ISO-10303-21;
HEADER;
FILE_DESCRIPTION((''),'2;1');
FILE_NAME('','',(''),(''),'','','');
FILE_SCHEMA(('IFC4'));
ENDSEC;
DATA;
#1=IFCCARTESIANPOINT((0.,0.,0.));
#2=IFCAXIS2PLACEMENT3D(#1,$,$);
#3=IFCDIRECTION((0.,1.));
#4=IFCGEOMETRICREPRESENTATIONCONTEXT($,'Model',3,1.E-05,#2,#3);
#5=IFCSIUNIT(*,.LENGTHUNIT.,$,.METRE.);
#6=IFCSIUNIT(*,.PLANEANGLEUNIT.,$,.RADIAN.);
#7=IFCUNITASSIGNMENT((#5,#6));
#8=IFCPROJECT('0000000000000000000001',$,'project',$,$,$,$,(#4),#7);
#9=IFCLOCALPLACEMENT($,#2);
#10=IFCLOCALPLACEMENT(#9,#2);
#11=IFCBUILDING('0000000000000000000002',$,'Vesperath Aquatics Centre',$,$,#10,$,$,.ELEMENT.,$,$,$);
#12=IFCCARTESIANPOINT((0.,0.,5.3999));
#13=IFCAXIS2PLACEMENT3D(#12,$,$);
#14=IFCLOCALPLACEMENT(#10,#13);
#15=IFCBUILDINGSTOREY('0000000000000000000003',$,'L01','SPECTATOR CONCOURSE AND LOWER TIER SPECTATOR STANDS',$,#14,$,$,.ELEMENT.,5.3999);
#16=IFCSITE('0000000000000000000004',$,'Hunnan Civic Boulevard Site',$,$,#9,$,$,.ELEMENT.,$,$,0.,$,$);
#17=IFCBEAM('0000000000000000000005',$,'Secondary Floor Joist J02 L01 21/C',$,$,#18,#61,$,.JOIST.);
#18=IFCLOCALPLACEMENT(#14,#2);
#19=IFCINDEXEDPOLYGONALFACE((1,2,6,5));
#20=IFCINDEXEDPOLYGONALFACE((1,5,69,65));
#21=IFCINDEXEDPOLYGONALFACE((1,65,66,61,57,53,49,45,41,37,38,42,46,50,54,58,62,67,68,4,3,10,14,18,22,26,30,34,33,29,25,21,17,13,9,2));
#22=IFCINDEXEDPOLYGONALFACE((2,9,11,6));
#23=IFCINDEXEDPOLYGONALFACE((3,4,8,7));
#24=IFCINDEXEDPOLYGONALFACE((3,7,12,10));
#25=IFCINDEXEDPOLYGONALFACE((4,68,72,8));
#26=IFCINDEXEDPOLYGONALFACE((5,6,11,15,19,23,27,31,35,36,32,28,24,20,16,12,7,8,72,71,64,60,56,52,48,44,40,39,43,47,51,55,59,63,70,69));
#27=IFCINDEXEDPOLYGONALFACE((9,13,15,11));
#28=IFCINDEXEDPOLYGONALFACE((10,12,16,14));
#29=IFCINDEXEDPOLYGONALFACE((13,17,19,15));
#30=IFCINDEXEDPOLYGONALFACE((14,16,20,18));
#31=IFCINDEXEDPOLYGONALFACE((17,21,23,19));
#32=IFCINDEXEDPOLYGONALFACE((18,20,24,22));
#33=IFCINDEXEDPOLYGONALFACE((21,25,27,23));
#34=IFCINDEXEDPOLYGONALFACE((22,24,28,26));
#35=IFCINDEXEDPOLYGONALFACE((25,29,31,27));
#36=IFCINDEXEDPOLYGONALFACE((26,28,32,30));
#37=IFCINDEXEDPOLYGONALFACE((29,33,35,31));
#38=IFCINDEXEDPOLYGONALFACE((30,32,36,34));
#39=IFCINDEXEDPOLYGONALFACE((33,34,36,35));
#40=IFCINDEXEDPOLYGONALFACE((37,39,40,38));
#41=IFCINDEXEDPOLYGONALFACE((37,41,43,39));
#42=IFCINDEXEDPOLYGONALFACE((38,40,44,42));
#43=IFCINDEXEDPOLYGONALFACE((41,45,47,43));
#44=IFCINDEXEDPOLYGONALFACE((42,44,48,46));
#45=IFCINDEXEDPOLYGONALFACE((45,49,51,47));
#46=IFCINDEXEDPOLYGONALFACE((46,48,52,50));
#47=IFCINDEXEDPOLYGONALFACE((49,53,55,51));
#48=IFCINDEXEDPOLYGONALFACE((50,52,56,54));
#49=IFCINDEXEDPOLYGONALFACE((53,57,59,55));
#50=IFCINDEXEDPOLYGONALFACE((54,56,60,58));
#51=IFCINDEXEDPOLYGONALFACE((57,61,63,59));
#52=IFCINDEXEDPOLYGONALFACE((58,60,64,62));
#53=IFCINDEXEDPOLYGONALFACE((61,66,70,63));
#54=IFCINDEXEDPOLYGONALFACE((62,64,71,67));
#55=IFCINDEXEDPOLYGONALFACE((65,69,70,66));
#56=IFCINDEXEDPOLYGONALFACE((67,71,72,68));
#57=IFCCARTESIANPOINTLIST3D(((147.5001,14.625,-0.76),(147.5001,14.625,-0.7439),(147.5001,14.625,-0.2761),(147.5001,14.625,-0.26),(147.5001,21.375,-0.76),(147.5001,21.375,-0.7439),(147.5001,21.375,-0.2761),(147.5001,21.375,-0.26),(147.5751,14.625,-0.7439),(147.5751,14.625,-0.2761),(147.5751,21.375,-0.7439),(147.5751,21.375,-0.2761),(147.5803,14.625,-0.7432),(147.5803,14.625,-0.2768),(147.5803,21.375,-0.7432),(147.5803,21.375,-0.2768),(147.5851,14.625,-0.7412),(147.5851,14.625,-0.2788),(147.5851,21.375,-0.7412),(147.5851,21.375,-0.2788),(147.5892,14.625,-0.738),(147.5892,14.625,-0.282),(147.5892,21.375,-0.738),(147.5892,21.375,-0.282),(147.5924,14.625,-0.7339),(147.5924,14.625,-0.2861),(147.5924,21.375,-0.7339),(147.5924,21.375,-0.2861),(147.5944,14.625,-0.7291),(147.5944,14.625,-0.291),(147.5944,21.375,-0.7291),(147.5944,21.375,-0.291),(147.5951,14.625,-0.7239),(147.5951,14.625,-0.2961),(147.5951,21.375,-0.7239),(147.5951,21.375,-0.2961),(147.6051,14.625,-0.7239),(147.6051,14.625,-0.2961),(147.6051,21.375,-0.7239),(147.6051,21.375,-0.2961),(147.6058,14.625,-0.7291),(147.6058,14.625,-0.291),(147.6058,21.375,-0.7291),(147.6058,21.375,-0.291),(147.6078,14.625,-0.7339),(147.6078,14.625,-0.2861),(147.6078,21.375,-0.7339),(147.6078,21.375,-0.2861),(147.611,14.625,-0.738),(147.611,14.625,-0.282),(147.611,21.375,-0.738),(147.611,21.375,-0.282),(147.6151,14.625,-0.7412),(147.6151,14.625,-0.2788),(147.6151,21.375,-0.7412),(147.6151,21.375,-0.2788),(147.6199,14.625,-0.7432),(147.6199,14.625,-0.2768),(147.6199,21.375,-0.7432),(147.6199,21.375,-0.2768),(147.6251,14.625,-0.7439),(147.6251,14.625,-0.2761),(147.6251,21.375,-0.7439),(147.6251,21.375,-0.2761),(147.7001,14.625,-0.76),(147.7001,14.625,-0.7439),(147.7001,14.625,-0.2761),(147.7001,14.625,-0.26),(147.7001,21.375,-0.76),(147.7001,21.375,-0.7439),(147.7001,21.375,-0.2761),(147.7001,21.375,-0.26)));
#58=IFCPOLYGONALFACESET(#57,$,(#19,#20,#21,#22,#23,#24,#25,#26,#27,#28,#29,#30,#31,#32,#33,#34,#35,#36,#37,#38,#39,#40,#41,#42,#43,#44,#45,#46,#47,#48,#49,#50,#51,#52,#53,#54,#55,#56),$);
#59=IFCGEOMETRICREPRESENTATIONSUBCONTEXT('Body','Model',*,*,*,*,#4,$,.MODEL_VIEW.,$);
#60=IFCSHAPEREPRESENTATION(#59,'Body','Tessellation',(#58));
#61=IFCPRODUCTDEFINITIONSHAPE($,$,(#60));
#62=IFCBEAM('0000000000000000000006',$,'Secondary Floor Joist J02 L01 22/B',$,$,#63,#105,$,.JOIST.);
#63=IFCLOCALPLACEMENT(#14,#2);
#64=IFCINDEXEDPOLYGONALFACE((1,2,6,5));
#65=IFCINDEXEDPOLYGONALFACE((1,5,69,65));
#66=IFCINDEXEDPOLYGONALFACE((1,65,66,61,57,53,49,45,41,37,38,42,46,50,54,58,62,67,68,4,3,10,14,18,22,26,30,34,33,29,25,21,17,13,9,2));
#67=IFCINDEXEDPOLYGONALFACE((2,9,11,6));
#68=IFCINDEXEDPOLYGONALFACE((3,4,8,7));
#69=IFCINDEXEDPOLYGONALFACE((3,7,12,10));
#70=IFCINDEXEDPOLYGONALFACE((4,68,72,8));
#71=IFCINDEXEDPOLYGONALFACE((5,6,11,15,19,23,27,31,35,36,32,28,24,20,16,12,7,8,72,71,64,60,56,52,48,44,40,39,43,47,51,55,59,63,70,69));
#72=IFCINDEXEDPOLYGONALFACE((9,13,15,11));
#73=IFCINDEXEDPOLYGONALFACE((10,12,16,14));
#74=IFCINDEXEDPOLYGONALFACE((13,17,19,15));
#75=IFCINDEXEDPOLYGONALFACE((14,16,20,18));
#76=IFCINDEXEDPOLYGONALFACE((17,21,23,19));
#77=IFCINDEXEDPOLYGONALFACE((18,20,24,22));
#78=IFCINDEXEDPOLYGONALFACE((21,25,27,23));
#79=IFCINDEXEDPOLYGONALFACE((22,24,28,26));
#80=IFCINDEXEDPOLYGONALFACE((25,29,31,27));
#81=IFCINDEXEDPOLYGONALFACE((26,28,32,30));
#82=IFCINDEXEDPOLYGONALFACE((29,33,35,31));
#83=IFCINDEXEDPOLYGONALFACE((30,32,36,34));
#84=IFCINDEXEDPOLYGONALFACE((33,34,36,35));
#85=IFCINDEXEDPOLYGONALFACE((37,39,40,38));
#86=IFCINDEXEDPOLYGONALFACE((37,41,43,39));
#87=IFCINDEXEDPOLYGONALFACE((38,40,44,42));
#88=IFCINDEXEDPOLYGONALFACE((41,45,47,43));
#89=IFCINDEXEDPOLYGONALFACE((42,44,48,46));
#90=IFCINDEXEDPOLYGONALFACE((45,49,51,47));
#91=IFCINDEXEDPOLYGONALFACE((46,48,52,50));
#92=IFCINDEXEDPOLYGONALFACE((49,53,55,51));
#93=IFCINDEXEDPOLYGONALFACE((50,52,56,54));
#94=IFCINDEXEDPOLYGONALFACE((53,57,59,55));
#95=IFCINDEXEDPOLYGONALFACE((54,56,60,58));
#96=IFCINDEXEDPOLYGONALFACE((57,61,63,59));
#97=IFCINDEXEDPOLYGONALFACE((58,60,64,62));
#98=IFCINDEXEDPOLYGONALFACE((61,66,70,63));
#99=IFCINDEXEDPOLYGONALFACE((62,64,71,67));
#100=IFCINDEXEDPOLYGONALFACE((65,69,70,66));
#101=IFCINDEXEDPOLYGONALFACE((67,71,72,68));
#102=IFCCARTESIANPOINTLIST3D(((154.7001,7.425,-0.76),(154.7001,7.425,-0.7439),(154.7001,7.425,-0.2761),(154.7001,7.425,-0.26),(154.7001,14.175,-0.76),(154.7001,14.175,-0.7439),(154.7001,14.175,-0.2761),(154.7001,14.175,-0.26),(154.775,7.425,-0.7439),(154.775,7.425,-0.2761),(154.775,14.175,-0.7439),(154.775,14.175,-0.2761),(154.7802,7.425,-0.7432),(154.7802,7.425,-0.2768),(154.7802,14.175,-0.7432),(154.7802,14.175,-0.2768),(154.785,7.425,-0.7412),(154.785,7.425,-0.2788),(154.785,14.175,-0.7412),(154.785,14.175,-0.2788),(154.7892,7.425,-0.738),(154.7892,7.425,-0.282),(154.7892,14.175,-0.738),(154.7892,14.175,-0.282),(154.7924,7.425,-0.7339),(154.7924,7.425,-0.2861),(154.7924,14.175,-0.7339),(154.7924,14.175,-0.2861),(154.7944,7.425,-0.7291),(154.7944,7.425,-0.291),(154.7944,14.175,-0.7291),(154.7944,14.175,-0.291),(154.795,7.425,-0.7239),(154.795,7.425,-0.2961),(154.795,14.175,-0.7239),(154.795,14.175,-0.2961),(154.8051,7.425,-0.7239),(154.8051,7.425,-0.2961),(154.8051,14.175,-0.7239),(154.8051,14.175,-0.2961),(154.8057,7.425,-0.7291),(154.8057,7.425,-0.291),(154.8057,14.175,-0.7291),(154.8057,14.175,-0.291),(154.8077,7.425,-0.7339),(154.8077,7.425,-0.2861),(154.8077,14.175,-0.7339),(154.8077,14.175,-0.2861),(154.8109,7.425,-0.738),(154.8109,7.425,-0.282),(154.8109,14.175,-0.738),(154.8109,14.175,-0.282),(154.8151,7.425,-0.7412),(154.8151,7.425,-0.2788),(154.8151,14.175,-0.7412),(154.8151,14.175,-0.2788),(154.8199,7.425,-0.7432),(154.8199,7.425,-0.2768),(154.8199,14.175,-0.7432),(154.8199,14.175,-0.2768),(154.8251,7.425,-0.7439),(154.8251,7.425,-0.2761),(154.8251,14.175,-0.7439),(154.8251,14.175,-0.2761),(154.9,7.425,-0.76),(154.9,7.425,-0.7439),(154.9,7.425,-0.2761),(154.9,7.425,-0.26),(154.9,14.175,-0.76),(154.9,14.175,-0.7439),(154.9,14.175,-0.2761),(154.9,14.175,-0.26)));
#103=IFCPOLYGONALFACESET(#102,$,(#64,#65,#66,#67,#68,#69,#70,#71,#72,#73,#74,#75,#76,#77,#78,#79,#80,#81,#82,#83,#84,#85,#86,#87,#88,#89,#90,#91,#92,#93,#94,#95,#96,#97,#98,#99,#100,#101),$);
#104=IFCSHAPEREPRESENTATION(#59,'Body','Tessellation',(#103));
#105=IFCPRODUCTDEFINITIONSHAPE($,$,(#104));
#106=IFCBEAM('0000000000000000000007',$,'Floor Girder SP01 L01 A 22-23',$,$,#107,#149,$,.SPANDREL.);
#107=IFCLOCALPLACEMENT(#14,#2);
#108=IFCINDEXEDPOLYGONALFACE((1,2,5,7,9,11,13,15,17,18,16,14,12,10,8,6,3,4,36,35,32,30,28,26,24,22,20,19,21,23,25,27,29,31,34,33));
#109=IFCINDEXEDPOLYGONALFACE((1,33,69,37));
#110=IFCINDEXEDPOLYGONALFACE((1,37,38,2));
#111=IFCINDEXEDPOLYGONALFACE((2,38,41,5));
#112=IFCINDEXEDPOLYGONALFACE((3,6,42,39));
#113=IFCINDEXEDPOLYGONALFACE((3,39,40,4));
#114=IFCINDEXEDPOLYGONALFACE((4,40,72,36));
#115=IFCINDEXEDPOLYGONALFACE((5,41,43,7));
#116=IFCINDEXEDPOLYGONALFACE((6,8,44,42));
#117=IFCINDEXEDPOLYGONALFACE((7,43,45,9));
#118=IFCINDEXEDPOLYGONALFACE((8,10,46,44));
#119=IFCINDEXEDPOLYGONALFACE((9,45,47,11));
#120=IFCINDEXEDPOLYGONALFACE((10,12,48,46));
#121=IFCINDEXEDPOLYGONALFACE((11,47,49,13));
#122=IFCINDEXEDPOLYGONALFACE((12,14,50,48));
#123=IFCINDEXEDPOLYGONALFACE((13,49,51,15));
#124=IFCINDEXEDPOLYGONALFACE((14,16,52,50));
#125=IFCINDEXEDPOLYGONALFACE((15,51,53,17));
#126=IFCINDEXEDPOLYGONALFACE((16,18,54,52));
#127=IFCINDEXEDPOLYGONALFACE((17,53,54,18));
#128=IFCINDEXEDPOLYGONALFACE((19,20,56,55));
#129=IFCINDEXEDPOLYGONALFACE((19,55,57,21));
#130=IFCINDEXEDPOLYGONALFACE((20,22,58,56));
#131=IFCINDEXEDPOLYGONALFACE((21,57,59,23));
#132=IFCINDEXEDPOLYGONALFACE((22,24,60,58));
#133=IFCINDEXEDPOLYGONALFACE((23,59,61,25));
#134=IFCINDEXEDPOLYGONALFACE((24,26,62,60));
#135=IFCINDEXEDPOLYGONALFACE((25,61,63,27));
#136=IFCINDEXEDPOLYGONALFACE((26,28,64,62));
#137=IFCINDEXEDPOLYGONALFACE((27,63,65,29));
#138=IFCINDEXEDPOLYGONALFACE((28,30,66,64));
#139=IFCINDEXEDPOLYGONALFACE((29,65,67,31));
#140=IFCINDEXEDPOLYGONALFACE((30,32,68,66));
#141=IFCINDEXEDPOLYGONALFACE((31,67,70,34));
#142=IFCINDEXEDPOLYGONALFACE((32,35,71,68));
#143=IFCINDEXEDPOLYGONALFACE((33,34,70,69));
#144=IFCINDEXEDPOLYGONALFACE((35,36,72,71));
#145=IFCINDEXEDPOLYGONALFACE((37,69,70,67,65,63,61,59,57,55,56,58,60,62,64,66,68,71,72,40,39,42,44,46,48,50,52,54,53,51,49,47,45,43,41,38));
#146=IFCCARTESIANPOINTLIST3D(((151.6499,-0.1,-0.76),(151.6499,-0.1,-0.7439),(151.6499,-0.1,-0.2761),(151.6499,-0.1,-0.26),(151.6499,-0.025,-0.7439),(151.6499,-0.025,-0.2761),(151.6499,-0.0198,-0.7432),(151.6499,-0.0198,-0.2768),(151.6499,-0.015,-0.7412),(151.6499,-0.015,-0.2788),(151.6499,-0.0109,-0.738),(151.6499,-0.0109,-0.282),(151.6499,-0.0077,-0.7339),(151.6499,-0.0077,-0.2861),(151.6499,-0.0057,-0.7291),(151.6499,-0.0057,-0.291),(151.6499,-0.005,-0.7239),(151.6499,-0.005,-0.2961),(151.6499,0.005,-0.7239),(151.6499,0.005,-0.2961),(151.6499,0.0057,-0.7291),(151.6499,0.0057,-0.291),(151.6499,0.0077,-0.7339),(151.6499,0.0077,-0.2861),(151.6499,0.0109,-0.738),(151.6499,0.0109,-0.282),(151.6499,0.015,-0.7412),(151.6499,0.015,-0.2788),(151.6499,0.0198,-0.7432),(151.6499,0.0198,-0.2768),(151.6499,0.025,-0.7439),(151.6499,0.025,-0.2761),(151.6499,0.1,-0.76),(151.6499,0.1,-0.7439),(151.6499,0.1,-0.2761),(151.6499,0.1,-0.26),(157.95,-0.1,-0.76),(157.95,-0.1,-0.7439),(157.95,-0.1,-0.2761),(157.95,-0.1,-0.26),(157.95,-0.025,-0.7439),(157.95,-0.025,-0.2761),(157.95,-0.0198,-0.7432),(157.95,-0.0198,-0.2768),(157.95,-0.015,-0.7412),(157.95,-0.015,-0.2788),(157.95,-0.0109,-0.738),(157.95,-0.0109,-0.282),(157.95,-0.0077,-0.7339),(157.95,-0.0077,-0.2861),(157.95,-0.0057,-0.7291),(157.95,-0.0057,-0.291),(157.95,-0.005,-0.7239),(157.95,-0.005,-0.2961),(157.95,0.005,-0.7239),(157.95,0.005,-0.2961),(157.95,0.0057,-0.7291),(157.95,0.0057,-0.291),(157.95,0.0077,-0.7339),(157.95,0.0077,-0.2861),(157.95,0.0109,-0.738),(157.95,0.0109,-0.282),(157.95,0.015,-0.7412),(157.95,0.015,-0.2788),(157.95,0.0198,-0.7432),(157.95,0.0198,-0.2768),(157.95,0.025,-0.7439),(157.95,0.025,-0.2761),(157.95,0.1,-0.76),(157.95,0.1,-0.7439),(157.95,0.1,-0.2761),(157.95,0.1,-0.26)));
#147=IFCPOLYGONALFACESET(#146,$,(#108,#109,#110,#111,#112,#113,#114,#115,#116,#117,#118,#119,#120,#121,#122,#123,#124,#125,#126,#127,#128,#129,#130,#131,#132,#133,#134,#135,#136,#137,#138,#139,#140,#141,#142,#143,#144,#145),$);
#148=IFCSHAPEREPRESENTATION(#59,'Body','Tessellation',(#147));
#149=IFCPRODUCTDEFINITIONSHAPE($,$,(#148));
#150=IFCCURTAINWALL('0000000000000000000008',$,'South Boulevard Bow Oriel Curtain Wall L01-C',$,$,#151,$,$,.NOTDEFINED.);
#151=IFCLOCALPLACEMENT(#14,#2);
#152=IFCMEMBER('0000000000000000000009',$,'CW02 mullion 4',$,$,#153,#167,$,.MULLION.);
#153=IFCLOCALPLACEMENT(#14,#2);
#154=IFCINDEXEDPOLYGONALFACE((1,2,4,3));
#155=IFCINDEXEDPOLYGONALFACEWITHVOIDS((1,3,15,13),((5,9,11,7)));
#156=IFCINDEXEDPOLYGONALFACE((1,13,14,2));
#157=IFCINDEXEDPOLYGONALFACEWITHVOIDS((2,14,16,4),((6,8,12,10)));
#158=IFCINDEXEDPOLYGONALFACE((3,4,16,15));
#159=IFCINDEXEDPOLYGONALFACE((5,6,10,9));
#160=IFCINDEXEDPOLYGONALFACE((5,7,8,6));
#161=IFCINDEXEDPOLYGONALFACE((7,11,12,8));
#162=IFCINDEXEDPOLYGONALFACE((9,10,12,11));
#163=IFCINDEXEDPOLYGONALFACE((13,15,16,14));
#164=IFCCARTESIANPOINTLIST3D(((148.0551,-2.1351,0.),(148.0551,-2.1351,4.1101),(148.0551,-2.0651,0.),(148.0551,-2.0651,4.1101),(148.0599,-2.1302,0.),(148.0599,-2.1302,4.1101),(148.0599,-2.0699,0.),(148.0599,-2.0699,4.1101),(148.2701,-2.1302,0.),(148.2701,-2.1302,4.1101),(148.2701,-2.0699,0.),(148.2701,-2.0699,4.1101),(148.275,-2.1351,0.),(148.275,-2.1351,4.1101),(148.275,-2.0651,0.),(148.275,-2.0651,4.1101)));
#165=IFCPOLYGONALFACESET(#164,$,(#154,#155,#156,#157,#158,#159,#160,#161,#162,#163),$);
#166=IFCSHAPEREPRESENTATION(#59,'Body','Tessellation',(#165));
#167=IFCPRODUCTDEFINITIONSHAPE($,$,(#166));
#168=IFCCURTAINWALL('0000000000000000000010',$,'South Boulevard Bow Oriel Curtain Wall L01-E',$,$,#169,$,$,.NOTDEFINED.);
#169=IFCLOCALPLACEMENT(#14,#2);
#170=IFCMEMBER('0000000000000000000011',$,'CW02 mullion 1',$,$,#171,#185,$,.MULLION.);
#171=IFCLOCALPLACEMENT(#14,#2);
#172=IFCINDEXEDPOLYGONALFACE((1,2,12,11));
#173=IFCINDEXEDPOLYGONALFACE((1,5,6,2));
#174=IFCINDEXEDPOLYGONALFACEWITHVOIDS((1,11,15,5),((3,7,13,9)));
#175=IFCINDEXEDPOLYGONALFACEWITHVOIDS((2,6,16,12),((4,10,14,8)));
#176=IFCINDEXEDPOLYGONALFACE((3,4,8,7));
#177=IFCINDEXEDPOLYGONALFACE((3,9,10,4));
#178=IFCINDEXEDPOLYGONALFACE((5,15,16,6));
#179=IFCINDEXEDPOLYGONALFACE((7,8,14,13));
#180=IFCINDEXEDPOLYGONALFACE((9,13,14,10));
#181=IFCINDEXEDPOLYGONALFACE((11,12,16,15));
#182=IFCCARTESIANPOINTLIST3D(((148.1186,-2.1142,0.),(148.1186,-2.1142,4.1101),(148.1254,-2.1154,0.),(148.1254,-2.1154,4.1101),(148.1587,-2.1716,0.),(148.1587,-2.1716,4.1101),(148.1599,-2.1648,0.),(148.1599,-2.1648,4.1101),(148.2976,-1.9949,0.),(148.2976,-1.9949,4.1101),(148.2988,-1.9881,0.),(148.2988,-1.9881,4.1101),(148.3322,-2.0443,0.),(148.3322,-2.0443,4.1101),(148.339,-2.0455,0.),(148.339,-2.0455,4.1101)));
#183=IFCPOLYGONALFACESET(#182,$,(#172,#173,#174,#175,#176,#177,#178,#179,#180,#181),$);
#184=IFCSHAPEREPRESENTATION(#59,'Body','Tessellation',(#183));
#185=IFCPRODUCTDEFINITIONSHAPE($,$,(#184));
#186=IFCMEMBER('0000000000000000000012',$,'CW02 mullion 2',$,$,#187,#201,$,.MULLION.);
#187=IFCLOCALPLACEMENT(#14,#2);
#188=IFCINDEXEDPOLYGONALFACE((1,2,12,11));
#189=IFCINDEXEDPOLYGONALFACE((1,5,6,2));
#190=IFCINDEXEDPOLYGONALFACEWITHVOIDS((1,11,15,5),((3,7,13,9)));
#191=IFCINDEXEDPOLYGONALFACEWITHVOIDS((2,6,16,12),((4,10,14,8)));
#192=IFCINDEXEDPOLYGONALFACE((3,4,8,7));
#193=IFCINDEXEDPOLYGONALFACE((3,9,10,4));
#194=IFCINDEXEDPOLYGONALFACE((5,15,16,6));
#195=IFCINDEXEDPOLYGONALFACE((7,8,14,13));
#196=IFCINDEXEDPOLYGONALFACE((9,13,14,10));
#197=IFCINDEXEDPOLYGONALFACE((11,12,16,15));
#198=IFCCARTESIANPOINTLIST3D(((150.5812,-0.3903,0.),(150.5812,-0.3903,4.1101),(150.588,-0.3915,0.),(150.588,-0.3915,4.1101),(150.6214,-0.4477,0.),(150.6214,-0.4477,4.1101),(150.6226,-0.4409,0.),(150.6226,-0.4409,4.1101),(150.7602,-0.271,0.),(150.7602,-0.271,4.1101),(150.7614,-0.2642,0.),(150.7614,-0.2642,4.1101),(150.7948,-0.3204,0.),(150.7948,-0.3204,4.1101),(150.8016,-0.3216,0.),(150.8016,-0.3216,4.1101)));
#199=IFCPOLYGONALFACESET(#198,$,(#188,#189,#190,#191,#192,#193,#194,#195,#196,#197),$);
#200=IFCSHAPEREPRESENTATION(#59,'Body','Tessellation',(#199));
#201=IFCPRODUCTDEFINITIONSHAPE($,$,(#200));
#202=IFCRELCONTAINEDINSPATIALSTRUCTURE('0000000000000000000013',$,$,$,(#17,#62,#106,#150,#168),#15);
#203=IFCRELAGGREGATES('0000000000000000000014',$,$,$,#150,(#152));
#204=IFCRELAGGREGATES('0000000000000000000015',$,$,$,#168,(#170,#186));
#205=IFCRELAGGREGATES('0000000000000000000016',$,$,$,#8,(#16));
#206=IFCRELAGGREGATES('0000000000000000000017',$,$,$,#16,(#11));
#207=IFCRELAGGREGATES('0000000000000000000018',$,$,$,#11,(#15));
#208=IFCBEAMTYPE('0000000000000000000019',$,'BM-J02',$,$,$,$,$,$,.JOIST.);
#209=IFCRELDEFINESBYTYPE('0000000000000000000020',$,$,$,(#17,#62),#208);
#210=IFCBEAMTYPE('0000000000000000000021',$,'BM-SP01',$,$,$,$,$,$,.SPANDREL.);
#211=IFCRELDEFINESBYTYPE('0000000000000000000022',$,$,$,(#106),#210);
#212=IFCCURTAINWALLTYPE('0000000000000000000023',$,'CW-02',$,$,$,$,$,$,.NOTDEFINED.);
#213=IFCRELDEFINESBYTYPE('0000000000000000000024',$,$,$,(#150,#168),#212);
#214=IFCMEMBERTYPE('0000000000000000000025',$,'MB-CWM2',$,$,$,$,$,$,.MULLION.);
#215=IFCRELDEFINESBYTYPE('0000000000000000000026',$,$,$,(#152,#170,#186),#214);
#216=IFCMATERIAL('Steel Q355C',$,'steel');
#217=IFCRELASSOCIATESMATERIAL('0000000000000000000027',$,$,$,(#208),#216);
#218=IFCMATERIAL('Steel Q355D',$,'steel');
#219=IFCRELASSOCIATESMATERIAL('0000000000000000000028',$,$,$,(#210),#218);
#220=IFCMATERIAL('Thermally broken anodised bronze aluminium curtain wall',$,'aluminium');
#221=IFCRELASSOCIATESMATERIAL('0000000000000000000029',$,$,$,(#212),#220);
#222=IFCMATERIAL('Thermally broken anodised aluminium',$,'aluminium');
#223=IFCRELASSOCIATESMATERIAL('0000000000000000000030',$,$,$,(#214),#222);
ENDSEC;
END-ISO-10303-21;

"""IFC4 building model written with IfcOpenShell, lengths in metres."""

from ifc_helpers import new_model, si_unit, direction, frame, origin, origin_2d, place, context, subcontext, project, spatial, hollow_rectangle, i_section, extrude, material, material_profile, profile_set, type_object, element, aggregate, save


model = new_model("IFC4")

# Units and contexts
model_context = context("Model", 3, precision=1e-05, world=origin(), true_north=direction((0.0, 1.0)))
body_context = subcontext(model_context, "Body", "Model", "MODEL_VIEW")
ifc_project = project(units=[si_unit("LENGTHUNIT", "METRE"), si_unit("PLANEANGLEUNIT", "RADIAN")], contexts=[model_context])

# Site, building, storey
site_placement = place(None, origin())
site = spatial("IfcSite", under=ifc_project, at=site_placement, Name="Hunnan Civic Boulevard Site", CompositionType="ELEMENT", RefElevation=0.0)
building_placement = place(site_placement, origin())
building = spatial("IfcBuilding", under=site, at=building_placement, Name="Vesperath Aquatics Centre", CompositionType="ELEMENT")
storey_placement = place(building_placement, frame((0.0, 0.0, 5.3999)))
storey = spatial("IfcBuildingStorey", under=building, at=storey_placement, Name="L01", Description="SPECTATOR CONCOURSE AND LOWER TIER SPECTATOR STANDS", CompositionType="ELEMENT", Elevation=5.3999)

# Beams
ifc_material_1 = material(Name="Steel Q355D", Category="steel")
ifc_material_2 = material(Name="Steel Q355C", Category="steel")
ifc_material_profile_1 = material_profile(ifc_material_2, i_section(OverallWidth=0.2, OverallDepth=0.5, WebThickness=0.01, FlangeThickness=0.0161, FilletRadius=0.02, at=origin_2d()), Name="HN 500x200x10x16")
ifc_profile_set_1 = profile_set([ifc_material_profile_1], Name="Steel Q355C")
beam_type_1 = type_object("IfcBeamType", Name="BM-J02", PredefinedType="JOIST", material=ifc_profile_set_1)
for number, where, z_axis, x_axis, name in (
    (1, (147.6001, 14.625, -0.51), (0.0, 1.0, 0.0), (-1.0, 0.0, 0.0), "Secondary Floor Joist J02 L01 21/C"),
    (2, (154.8, 7.425, -0.51), (0.0, 1.0, 0.0), (-1.0, 0.0, 0.0), "Secondary Floor Joist J02 L01 22/B"),
):
    element("IfcBeam", number, at=place(storey_placement, frame(where, z_axis=z_axis, x_axis=x_axis)), inside=storey, type_object=beam_type_1, Name=name, PredefinedType="JOIST", context=body_context, shape_type="SweptSolid", body=[
        extrude(i_section(OverallWidth=0.2, OverallDepth=0.5, WebThickness=0.01, FlangeThickness=0.0161, FilletRadius=0.02, at=origin_2d()), origin(), (0.0, 0.0, 1.0), 6.75),
    ])
ifc_material_profile_2 = material_profile(ifc_material_1, i_section(OverallWidth=0.2, OverallDepth=0.5, WebThickness=0.01, FlangeThickness=0.0161, FilletRadius=0.02, at=origin_2d()), Name="HN 500x200x10x16")
ifc_profile_set_2 = profile_set([ifc_material_profile_2], Name="Steel Q355D")
beam_type_2 = type_object("IfcBeamType", Name="BM-SP01", PredefinedType="SPANDREL", material=ifc_profile_set_2)
beam_1_placement = place(storey_placement, frame((151.6499, 0.0, -0.51), z_axis=(1.0, 0.0, 0.0), x_axis=(0.0, 1.0, 0.0)))
element("IfcBeam", 3, at=beam_1_placement, inside=storey, type_object=beam_type_2, Name="Floor Girder SP01 L01 A 22-23", PredefinedType="SPANDREL", context=body_context, shape_type="SweptSolid", body=[
    extrude(i_section(OverallWidth=0.2, OverallDepth=0.5, WebThickness=0.01, FlangeThickness=0.0161, FilletRadius=0.02, at=origin_2d()), origin(), (0.0, 0.0, 1.0), 6.3),
])

# Curtain wall, member
ifc_material_3 = material(Name="Thermally broken anodised bronze aluminium curtain wall", Category="aluminium")
curtain_wall_type = type_object("IfcCurtainWallType", Name="CW-02", PredefinedType="NOTDEFINED", material=ifc_material_3)
curtain_wall_1_placement = place(storey_placement, origin())
curtain_wall_1 = element("IfcCurtainWall", 4, at=curtain_wall_1_placement, inside=storey, type_object=curtain_wall_type, Name="South Boulevard Bow Oriel Curtain Wall L01-C", PredefinedType="NOTDEFINED")
ifc_material_4 = material(Name="Thermally broken anodised aluminium", Category="aluminium")
ifc_material_profile_3 = material_profile(ifc_material_4, hollow_rectangle(XDim=0.0701, YDim=0.22, WallThickness=0.0049, at=origin_2d()), Name="CWM 70x220x5")
ifc_profile_set_3 = profile_set([ifc_material_profile_3], Name="Thermally broken anodised aluminium")
member_type_1 = type_object("IfcMemberType", Name="MB-CWM2", PredefinedType="MULLION", material=ifc_profile_set_3)
member_1_placement = place(storey_placement, frame((148.165, -2.1001, 0.0), z_axis=(0.0, 0.0, 1.0), x_axis=(0.0, 1.0, 0.0)))
member_1 = element("IfcMember", 5, at=member_1_placement, type_object=member_type_1, Name="CW02 mullion 4", PredefinedType="MULLION", context=body_context, shape_type="SweptSolid", body=[
    extrude(hollow_rectangle(XDim=0.0701, YDim=0.22, WallThickness=0.0049, at=origin_2d()), origin(), (0.0, 0.0, 1.0), 4.1101),
])

# Curtain wall, members
curtain_wall_2_placement = place(storey_placement, origin())
curtain_wall_2 = element("IfcCurtainWall", 6, at=curtain_wall_2_placement, inside=storey, type_object=curtain_wall_type, Name="South Boulevard Bow Oriel Curtain Wall L01-E", PredefinedType="NOTDEFINED")
member_2_placement = place(storey_placement, frame((148.2288, -2.0798, 0.0), z_axis=(0.0, 0.0, 1.0), x_axis=(-0.573462, 0.819232, 0.0)))
member_2 = element("IfcMember", 7, at=member_2_placement, type_object=member_type_1, Name="CW02 mullion 1", PredefinedType="MULLION", context=body_context, shape_type="SweptSolid", body=[
    extrude(hollow_rectangle(XDim=0.0701, YDim=0.22, WallThickness=0.0049, at=origin_2d()), origin(), (0.0, 0.0, 1.0), 4.1101),
])
member_3_placement = place(storey_placement, frame((150.6914, -0.356, 0.0), z_axis=(0.0, 0.0, 1.0), x_axis=(-0.573462, 0.819232, 0.0)))
member_3 = element("IfcMember", 8, at=member_3_placement, type_object=member_type_1, Name="CW02 mullion 2", PredefinedType="MULLION", context=body_context, shape_type="SweptSolid", body=[
    extrude(hollow_rectangle(XDim=0.0701, YDim=0.22, WallThickness=0.0049, at=origin_2d()), origin(), (0.0, 0.0, 1.0), 4.1101),
])

aggregate(curtain_wall_1, [member_1])
aggregate(curtain_wall_2, [member_2, member_3])

save(model, "model.ifc")
